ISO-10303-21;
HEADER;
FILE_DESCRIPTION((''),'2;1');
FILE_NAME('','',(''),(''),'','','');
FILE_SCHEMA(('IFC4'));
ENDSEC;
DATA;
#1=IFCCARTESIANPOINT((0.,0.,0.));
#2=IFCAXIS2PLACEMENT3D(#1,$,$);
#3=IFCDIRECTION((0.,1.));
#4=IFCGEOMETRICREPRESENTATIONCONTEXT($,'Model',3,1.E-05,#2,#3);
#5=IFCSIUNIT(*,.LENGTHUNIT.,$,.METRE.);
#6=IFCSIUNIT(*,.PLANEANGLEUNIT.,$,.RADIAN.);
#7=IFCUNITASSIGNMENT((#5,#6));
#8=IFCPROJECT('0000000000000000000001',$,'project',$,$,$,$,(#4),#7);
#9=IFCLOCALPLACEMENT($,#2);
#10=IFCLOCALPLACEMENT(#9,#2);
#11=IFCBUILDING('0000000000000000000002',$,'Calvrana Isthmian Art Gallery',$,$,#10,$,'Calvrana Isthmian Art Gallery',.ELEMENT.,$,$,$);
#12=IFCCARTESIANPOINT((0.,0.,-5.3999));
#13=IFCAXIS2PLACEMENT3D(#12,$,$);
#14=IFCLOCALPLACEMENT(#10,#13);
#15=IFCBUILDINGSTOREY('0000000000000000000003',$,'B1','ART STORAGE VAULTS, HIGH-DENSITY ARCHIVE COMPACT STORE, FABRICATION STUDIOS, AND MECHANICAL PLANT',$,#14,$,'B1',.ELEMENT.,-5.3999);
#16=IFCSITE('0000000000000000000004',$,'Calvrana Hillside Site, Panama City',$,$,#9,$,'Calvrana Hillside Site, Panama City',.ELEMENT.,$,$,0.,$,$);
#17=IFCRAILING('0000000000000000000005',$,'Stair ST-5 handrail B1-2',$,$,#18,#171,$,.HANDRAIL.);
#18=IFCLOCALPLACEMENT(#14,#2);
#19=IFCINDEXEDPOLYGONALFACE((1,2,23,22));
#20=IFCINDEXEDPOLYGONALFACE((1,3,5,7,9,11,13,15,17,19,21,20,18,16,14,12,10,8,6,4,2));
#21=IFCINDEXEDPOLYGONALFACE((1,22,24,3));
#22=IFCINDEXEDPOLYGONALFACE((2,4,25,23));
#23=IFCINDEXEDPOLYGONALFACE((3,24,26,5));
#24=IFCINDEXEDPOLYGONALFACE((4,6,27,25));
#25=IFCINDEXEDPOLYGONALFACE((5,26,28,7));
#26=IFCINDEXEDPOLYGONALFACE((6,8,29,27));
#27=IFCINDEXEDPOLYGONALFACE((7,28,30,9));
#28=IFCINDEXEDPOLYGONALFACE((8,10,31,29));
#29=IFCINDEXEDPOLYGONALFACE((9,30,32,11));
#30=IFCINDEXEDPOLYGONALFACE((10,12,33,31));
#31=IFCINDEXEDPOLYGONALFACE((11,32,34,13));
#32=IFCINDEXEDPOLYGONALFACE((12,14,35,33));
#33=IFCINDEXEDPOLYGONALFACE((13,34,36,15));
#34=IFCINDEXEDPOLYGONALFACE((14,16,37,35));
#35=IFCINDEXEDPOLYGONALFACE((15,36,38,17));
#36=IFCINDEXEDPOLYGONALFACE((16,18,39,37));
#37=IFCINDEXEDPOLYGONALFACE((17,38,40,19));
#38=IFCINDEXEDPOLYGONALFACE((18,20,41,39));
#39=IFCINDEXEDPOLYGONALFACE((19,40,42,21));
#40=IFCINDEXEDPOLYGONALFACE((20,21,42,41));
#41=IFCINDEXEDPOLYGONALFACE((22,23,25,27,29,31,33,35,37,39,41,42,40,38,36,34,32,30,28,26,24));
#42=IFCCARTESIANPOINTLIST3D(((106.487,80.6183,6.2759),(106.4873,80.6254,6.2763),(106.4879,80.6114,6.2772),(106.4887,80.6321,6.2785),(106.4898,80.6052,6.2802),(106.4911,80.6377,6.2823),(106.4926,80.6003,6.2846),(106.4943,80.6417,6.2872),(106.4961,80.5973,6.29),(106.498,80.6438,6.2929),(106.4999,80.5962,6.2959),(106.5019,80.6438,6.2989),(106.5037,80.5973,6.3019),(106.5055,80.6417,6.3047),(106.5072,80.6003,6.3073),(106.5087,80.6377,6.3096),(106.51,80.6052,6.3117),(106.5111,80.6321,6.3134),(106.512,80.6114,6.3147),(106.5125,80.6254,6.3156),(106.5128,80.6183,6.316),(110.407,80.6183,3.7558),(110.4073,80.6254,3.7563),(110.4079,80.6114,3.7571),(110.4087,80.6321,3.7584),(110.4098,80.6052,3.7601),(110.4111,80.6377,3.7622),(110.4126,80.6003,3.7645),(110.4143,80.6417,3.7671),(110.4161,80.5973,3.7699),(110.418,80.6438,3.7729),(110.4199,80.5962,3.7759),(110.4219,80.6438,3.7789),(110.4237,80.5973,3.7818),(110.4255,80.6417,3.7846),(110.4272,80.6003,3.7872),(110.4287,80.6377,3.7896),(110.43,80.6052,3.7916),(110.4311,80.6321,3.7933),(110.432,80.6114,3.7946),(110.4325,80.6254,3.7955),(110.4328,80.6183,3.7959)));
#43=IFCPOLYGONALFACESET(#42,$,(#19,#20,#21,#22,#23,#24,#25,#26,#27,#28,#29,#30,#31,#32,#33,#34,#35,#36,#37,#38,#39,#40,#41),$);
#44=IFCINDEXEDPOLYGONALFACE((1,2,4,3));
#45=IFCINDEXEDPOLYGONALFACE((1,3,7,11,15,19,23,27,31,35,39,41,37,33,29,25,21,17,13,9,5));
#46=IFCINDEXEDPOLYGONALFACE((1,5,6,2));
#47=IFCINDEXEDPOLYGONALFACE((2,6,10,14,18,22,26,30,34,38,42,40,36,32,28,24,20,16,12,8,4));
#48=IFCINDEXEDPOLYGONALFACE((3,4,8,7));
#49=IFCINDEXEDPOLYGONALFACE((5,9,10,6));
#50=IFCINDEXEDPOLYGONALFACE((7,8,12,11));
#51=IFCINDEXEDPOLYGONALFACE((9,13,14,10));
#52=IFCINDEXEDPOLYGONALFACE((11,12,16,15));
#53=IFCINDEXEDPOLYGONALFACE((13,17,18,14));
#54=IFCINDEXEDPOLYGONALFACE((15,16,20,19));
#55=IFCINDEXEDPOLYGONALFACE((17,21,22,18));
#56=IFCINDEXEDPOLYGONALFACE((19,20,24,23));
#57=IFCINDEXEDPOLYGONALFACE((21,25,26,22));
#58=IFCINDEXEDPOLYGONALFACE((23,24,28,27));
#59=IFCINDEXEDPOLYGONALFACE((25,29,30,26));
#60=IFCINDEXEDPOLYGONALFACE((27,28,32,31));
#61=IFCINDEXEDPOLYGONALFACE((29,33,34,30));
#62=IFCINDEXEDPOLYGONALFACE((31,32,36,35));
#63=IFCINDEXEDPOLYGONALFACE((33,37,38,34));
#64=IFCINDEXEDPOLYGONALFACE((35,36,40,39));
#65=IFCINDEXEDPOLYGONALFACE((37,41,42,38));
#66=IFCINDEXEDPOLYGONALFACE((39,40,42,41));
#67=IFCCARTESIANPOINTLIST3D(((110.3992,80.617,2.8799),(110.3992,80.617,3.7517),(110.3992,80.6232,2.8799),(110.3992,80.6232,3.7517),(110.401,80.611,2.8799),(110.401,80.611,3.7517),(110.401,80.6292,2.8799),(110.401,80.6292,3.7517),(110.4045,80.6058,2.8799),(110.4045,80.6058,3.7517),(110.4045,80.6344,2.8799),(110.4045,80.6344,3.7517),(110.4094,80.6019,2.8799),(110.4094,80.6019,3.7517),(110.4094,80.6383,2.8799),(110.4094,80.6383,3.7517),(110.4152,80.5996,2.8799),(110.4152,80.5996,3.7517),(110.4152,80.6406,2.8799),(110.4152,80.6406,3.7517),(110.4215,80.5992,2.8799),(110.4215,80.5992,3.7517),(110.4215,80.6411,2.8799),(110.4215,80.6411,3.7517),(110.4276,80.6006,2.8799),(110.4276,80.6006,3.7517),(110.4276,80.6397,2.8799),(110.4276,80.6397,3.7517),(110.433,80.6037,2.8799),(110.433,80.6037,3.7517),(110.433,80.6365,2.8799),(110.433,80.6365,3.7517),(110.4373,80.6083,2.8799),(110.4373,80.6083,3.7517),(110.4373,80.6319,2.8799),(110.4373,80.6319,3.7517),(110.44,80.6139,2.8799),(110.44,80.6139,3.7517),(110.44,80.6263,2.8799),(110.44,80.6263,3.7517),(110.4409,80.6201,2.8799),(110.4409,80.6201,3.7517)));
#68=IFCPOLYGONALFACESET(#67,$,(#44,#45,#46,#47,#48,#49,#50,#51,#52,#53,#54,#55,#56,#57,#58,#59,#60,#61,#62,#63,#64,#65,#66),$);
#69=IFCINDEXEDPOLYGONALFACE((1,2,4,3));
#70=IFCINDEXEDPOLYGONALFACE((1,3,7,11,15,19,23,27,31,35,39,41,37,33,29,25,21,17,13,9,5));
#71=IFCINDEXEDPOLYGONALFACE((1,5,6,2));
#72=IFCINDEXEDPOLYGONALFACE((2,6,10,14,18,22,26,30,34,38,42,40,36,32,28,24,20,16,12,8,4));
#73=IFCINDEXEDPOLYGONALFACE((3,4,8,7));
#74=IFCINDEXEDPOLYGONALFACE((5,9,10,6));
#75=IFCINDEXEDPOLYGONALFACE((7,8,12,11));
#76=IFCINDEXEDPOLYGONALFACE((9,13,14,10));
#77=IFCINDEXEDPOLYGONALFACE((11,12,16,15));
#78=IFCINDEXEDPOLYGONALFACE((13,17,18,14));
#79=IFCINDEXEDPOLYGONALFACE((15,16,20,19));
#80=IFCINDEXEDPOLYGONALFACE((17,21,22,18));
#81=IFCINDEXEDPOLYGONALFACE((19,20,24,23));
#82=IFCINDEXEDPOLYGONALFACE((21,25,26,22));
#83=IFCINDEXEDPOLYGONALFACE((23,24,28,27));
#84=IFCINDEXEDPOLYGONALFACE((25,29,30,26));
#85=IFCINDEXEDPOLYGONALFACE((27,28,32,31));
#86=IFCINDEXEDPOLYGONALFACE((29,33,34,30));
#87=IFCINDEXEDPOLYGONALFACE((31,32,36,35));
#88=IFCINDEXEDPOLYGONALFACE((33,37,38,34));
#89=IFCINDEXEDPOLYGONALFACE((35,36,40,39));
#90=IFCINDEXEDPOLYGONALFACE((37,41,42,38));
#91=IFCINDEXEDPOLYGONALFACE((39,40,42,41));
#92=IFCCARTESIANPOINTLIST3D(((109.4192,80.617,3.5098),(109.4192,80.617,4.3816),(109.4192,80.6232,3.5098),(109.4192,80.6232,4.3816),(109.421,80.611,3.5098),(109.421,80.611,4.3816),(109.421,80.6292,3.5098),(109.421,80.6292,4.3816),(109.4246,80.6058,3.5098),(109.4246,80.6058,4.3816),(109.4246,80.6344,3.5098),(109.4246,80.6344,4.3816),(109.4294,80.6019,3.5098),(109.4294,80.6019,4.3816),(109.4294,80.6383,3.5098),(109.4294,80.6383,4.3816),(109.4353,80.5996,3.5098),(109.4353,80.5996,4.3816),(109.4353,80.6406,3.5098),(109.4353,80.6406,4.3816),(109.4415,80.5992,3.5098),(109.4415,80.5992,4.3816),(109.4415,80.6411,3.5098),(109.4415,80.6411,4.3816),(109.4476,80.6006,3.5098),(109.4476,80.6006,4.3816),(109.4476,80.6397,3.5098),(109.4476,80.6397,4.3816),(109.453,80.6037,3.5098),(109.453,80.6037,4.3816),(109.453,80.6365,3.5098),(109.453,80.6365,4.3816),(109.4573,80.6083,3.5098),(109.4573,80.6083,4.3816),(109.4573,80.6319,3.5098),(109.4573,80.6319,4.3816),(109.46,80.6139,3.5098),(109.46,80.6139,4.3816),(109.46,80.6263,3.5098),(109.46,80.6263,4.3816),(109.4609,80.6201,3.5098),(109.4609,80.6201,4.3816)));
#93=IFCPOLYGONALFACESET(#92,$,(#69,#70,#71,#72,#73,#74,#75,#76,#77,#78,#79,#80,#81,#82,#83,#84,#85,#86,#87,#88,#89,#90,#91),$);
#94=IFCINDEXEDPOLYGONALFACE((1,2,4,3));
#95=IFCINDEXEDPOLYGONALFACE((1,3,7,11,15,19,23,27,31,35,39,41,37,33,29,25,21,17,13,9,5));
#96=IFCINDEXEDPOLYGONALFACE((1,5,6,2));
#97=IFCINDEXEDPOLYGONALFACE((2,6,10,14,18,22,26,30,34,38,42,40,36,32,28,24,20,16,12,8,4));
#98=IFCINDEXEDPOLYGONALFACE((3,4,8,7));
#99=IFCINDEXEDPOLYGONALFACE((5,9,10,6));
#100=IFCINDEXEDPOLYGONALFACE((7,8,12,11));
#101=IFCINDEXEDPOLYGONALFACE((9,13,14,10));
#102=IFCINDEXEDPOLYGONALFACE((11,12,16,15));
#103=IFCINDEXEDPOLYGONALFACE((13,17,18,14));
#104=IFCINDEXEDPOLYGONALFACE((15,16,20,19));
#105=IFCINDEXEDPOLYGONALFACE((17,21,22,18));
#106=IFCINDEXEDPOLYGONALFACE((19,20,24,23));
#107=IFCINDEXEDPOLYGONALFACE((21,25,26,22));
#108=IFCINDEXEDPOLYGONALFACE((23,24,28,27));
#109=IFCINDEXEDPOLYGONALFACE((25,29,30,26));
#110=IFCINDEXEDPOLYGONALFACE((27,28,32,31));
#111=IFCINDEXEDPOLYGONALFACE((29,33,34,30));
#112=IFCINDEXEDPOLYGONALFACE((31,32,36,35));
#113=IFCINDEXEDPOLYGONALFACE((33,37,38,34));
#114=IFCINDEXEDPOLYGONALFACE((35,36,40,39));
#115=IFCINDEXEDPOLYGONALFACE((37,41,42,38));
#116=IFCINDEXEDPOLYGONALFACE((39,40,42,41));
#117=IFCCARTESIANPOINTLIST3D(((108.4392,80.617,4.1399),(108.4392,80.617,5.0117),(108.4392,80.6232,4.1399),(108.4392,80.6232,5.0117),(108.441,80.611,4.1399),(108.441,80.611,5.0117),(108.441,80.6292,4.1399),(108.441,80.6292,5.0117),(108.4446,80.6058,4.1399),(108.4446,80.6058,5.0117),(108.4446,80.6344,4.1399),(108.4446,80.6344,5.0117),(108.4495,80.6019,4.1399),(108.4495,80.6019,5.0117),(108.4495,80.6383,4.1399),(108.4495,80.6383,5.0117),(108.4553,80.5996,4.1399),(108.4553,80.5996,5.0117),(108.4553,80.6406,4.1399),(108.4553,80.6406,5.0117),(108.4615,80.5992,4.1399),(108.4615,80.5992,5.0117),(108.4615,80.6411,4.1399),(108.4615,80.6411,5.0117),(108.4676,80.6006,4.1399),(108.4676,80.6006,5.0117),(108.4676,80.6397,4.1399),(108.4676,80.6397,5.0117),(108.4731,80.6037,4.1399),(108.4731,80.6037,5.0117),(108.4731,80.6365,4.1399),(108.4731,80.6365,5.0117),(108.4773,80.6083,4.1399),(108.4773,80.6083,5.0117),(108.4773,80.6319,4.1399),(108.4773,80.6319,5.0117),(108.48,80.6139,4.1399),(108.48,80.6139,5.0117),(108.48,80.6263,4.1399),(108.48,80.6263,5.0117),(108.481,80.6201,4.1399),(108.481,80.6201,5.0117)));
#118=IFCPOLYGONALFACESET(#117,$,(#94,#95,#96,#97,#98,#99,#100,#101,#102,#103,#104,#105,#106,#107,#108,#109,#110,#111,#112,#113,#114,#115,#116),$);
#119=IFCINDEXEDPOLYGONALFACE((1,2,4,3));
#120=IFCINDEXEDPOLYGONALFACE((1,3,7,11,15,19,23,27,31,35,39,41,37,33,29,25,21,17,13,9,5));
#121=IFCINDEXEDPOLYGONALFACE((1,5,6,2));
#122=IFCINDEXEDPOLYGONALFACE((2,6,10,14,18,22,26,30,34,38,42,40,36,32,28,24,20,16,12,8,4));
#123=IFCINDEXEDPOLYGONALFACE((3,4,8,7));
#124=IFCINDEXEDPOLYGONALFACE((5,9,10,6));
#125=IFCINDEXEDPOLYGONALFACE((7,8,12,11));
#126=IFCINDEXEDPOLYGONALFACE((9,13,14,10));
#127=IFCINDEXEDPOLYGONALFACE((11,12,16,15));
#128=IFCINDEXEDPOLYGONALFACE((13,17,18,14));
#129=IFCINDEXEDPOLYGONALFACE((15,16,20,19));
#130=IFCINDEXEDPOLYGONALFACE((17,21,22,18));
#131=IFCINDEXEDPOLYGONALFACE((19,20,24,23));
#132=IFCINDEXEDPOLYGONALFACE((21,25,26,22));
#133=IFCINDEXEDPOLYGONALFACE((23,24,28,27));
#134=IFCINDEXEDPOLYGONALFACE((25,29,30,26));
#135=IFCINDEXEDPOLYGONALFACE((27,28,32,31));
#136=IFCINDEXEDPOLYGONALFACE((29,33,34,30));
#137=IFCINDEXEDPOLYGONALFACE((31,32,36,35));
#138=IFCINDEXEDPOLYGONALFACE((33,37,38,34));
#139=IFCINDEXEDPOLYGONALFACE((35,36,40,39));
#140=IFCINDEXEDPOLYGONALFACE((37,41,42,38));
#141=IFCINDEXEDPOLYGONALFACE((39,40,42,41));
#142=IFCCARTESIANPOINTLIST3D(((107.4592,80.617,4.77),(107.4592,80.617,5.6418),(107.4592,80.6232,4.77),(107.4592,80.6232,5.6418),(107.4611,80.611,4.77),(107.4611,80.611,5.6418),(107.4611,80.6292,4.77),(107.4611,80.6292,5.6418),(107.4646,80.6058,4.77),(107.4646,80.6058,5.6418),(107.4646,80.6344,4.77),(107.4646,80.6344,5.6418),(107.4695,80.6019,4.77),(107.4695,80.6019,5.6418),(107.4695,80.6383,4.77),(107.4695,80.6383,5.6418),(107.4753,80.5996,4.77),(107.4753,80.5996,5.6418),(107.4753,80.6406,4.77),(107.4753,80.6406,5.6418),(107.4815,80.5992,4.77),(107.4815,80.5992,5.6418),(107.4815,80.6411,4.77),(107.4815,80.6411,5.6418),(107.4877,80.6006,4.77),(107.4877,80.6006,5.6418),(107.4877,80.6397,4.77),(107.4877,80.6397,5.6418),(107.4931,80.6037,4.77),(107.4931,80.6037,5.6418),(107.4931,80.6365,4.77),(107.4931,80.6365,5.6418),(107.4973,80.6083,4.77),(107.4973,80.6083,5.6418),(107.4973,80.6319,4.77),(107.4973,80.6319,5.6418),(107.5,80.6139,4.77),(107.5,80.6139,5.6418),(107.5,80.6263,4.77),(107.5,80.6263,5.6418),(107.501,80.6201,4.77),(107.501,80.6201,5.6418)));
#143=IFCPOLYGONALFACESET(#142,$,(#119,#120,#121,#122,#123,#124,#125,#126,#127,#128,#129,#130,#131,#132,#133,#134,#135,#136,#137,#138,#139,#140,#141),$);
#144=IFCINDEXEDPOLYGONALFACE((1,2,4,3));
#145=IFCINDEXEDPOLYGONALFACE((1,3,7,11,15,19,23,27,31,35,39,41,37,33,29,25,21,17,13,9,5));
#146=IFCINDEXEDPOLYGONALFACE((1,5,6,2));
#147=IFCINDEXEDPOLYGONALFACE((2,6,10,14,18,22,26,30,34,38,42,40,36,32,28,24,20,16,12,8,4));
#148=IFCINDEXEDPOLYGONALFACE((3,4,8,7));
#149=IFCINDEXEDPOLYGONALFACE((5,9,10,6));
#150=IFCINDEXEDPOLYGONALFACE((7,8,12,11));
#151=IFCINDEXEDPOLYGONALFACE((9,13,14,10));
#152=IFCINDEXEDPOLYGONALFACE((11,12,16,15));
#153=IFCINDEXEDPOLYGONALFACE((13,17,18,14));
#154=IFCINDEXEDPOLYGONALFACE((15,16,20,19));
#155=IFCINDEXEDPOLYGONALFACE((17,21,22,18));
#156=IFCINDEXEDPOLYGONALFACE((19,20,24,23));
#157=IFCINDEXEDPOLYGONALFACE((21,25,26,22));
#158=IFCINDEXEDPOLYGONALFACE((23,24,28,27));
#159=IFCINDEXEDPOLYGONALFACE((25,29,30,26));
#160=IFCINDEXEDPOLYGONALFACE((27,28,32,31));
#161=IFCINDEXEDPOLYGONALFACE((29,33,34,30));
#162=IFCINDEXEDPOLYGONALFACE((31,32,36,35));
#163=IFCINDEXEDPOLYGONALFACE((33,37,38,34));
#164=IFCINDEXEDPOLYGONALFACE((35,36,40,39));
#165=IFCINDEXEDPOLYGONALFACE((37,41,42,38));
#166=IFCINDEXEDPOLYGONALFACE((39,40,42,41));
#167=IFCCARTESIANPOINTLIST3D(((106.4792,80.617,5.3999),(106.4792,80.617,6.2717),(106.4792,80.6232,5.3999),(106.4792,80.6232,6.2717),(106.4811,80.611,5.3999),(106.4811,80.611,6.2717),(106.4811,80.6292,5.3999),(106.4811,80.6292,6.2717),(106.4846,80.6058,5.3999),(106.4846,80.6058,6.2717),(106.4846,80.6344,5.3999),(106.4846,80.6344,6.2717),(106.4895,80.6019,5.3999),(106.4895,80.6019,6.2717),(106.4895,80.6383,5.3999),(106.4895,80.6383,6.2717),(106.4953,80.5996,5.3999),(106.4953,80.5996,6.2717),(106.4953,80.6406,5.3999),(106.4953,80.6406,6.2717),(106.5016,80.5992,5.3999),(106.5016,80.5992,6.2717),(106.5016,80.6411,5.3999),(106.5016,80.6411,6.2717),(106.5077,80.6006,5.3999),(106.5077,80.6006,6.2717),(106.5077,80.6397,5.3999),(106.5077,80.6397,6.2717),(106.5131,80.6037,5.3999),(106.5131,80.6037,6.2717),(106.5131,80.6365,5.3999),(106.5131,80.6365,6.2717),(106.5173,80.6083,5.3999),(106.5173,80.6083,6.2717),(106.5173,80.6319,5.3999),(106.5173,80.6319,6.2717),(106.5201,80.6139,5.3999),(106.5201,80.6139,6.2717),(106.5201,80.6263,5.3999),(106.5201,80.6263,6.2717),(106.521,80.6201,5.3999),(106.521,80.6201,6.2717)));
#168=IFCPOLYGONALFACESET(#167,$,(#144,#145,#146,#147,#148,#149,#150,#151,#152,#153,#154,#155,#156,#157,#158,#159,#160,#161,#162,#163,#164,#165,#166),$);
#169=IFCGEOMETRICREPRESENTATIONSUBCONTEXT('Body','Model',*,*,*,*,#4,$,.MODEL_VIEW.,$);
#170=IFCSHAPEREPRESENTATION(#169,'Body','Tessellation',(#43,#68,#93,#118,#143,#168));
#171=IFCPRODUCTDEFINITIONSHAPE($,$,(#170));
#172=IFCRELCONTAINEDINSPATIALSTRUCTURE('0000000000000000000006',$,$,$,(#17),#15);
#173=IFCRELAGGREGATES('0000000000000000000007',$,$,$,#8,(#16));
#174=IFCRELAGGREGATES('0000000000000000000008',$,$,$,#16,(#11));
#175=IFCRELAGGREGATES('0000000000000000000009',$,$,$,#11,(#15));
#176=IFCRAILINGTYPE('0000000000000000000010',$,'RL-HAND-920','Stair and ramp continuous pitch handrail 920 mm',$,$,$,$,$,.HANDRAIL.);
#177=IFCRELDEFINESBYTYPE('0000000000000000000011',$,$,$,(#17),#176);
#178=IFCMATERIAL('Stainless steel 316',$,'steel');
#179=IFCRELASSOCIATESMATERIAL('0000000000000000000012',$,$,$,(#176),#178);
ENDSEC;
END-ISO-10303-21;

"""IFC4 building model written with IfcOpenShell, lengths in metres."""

from ifc_helpers import new_model, si_unit, direction, frame, origin, origin_2d, place, context, subcontext, project, spatial, circle, extrude, material, type_object, element, save


model = new_model("IFC4")

# Units and contexts
model_context = context("Model", 3, precision=1e-05, world=origin(), true_north=direction((0.0, 1.0)))
body_context = subcontext(model_context, "Body", "Model", "MODEL_VIEW")
ifc_project = project(units=[si_unit("LENGTHUNIT", "METRE"), si_unit("PLANEANGLEUNIT", "RADIAN")], contexts=[model_context])

# Site, building, storey
site_placement = place(None, origin())
site = spatial("IfcSite", under=ifc_project, at=site_placement, Name="Calvrana Hillside Site, Panama City", LongName="Calvrana Hillside Site, Panama City", CompositionType="ELEMENT", RefElevation=0.0)
building_placement = place(site_placement, origin())
building = spatial("IfcBuilding", under=site, at=building_placement, Name="Calvrana Isthmian Art Gallery", LongName="Calvrana Isthmian Art Gallery", CompositionType="ELEMENT")
storey_placement = place(building_placement, frame((0.0, 0.0, -5.3999)))
storey = spatial("IfcBuildingStorey", under=building, at=storey_placement, Name="B1", Description="ART STORAGE VAULTS, HIGH-DENSITY ARCHIVE COMPACT STORE, FABRICATION STUDIOS, AND MECHANICAL PLANT", LongName="B1", CompositionType="ELEMENT", Elevation=-5.3999)

# Railing
ifc_material_1 = material(Name="Stainless steel 316", Category="steel")
railing_type_1 = type_object("IfcRailingType", Name="RL-HAND-920", Description="Stair and ramp continuous pitch handrail 920 mm", PredefinedType="HANDRAIL", material=ifc_material_1)
railing_1_placement = place(storey_placement, frame((110.4199, 80.6201, 2.8799)))
element("IfcRailing", 1, at=railing_1_placement, inside=storey, type_object=railing_type_1, Name="Stair ST-5 handrail B1-2", PredefinedType="HANDRAIL", context=body_context, shape_type="SweptSolid", body=[
    extrude(circle(Radius=0.0239, at=origin_2d()), frame((0.0, 0.0, 0.896), z_axis=(-0.841172, 0.0, 0.540768), x_axis=(0.0, -1.0, 0.0)), (0.0, 0.0, 1.0), 4.6602),
    extrude(circle(Radius=0.021, at=origin_2d()), origin(), (0.0, 0.0, 1.0), 0.8718),
    extrude(circle(Radius=0.021, at=origin_2d()), frame((-0.98, 0.0, 0.6299)), (0.0, 0.0, 1.0), 0.8718),
    extrude(circle(Radius=0.021, at=origin_2d()), frame((-1.96, 0.0, 1.26)), (0.0, 0.0, 1.0), 0.8718),
    extrude(circle(Radius=0.021, at=origin_2d()), frame((-2.9399, 0.0, 1.8901)), (0.0, 0.0, 1.0), 0.8718),
    extrude(circle(Radius=0.021, at=origin_2d()), frame((-3.9199, 0.0, 2.52)), (0.0, 0.0, 1.0), 0.8718),
])

save(model, "model.ifc")
